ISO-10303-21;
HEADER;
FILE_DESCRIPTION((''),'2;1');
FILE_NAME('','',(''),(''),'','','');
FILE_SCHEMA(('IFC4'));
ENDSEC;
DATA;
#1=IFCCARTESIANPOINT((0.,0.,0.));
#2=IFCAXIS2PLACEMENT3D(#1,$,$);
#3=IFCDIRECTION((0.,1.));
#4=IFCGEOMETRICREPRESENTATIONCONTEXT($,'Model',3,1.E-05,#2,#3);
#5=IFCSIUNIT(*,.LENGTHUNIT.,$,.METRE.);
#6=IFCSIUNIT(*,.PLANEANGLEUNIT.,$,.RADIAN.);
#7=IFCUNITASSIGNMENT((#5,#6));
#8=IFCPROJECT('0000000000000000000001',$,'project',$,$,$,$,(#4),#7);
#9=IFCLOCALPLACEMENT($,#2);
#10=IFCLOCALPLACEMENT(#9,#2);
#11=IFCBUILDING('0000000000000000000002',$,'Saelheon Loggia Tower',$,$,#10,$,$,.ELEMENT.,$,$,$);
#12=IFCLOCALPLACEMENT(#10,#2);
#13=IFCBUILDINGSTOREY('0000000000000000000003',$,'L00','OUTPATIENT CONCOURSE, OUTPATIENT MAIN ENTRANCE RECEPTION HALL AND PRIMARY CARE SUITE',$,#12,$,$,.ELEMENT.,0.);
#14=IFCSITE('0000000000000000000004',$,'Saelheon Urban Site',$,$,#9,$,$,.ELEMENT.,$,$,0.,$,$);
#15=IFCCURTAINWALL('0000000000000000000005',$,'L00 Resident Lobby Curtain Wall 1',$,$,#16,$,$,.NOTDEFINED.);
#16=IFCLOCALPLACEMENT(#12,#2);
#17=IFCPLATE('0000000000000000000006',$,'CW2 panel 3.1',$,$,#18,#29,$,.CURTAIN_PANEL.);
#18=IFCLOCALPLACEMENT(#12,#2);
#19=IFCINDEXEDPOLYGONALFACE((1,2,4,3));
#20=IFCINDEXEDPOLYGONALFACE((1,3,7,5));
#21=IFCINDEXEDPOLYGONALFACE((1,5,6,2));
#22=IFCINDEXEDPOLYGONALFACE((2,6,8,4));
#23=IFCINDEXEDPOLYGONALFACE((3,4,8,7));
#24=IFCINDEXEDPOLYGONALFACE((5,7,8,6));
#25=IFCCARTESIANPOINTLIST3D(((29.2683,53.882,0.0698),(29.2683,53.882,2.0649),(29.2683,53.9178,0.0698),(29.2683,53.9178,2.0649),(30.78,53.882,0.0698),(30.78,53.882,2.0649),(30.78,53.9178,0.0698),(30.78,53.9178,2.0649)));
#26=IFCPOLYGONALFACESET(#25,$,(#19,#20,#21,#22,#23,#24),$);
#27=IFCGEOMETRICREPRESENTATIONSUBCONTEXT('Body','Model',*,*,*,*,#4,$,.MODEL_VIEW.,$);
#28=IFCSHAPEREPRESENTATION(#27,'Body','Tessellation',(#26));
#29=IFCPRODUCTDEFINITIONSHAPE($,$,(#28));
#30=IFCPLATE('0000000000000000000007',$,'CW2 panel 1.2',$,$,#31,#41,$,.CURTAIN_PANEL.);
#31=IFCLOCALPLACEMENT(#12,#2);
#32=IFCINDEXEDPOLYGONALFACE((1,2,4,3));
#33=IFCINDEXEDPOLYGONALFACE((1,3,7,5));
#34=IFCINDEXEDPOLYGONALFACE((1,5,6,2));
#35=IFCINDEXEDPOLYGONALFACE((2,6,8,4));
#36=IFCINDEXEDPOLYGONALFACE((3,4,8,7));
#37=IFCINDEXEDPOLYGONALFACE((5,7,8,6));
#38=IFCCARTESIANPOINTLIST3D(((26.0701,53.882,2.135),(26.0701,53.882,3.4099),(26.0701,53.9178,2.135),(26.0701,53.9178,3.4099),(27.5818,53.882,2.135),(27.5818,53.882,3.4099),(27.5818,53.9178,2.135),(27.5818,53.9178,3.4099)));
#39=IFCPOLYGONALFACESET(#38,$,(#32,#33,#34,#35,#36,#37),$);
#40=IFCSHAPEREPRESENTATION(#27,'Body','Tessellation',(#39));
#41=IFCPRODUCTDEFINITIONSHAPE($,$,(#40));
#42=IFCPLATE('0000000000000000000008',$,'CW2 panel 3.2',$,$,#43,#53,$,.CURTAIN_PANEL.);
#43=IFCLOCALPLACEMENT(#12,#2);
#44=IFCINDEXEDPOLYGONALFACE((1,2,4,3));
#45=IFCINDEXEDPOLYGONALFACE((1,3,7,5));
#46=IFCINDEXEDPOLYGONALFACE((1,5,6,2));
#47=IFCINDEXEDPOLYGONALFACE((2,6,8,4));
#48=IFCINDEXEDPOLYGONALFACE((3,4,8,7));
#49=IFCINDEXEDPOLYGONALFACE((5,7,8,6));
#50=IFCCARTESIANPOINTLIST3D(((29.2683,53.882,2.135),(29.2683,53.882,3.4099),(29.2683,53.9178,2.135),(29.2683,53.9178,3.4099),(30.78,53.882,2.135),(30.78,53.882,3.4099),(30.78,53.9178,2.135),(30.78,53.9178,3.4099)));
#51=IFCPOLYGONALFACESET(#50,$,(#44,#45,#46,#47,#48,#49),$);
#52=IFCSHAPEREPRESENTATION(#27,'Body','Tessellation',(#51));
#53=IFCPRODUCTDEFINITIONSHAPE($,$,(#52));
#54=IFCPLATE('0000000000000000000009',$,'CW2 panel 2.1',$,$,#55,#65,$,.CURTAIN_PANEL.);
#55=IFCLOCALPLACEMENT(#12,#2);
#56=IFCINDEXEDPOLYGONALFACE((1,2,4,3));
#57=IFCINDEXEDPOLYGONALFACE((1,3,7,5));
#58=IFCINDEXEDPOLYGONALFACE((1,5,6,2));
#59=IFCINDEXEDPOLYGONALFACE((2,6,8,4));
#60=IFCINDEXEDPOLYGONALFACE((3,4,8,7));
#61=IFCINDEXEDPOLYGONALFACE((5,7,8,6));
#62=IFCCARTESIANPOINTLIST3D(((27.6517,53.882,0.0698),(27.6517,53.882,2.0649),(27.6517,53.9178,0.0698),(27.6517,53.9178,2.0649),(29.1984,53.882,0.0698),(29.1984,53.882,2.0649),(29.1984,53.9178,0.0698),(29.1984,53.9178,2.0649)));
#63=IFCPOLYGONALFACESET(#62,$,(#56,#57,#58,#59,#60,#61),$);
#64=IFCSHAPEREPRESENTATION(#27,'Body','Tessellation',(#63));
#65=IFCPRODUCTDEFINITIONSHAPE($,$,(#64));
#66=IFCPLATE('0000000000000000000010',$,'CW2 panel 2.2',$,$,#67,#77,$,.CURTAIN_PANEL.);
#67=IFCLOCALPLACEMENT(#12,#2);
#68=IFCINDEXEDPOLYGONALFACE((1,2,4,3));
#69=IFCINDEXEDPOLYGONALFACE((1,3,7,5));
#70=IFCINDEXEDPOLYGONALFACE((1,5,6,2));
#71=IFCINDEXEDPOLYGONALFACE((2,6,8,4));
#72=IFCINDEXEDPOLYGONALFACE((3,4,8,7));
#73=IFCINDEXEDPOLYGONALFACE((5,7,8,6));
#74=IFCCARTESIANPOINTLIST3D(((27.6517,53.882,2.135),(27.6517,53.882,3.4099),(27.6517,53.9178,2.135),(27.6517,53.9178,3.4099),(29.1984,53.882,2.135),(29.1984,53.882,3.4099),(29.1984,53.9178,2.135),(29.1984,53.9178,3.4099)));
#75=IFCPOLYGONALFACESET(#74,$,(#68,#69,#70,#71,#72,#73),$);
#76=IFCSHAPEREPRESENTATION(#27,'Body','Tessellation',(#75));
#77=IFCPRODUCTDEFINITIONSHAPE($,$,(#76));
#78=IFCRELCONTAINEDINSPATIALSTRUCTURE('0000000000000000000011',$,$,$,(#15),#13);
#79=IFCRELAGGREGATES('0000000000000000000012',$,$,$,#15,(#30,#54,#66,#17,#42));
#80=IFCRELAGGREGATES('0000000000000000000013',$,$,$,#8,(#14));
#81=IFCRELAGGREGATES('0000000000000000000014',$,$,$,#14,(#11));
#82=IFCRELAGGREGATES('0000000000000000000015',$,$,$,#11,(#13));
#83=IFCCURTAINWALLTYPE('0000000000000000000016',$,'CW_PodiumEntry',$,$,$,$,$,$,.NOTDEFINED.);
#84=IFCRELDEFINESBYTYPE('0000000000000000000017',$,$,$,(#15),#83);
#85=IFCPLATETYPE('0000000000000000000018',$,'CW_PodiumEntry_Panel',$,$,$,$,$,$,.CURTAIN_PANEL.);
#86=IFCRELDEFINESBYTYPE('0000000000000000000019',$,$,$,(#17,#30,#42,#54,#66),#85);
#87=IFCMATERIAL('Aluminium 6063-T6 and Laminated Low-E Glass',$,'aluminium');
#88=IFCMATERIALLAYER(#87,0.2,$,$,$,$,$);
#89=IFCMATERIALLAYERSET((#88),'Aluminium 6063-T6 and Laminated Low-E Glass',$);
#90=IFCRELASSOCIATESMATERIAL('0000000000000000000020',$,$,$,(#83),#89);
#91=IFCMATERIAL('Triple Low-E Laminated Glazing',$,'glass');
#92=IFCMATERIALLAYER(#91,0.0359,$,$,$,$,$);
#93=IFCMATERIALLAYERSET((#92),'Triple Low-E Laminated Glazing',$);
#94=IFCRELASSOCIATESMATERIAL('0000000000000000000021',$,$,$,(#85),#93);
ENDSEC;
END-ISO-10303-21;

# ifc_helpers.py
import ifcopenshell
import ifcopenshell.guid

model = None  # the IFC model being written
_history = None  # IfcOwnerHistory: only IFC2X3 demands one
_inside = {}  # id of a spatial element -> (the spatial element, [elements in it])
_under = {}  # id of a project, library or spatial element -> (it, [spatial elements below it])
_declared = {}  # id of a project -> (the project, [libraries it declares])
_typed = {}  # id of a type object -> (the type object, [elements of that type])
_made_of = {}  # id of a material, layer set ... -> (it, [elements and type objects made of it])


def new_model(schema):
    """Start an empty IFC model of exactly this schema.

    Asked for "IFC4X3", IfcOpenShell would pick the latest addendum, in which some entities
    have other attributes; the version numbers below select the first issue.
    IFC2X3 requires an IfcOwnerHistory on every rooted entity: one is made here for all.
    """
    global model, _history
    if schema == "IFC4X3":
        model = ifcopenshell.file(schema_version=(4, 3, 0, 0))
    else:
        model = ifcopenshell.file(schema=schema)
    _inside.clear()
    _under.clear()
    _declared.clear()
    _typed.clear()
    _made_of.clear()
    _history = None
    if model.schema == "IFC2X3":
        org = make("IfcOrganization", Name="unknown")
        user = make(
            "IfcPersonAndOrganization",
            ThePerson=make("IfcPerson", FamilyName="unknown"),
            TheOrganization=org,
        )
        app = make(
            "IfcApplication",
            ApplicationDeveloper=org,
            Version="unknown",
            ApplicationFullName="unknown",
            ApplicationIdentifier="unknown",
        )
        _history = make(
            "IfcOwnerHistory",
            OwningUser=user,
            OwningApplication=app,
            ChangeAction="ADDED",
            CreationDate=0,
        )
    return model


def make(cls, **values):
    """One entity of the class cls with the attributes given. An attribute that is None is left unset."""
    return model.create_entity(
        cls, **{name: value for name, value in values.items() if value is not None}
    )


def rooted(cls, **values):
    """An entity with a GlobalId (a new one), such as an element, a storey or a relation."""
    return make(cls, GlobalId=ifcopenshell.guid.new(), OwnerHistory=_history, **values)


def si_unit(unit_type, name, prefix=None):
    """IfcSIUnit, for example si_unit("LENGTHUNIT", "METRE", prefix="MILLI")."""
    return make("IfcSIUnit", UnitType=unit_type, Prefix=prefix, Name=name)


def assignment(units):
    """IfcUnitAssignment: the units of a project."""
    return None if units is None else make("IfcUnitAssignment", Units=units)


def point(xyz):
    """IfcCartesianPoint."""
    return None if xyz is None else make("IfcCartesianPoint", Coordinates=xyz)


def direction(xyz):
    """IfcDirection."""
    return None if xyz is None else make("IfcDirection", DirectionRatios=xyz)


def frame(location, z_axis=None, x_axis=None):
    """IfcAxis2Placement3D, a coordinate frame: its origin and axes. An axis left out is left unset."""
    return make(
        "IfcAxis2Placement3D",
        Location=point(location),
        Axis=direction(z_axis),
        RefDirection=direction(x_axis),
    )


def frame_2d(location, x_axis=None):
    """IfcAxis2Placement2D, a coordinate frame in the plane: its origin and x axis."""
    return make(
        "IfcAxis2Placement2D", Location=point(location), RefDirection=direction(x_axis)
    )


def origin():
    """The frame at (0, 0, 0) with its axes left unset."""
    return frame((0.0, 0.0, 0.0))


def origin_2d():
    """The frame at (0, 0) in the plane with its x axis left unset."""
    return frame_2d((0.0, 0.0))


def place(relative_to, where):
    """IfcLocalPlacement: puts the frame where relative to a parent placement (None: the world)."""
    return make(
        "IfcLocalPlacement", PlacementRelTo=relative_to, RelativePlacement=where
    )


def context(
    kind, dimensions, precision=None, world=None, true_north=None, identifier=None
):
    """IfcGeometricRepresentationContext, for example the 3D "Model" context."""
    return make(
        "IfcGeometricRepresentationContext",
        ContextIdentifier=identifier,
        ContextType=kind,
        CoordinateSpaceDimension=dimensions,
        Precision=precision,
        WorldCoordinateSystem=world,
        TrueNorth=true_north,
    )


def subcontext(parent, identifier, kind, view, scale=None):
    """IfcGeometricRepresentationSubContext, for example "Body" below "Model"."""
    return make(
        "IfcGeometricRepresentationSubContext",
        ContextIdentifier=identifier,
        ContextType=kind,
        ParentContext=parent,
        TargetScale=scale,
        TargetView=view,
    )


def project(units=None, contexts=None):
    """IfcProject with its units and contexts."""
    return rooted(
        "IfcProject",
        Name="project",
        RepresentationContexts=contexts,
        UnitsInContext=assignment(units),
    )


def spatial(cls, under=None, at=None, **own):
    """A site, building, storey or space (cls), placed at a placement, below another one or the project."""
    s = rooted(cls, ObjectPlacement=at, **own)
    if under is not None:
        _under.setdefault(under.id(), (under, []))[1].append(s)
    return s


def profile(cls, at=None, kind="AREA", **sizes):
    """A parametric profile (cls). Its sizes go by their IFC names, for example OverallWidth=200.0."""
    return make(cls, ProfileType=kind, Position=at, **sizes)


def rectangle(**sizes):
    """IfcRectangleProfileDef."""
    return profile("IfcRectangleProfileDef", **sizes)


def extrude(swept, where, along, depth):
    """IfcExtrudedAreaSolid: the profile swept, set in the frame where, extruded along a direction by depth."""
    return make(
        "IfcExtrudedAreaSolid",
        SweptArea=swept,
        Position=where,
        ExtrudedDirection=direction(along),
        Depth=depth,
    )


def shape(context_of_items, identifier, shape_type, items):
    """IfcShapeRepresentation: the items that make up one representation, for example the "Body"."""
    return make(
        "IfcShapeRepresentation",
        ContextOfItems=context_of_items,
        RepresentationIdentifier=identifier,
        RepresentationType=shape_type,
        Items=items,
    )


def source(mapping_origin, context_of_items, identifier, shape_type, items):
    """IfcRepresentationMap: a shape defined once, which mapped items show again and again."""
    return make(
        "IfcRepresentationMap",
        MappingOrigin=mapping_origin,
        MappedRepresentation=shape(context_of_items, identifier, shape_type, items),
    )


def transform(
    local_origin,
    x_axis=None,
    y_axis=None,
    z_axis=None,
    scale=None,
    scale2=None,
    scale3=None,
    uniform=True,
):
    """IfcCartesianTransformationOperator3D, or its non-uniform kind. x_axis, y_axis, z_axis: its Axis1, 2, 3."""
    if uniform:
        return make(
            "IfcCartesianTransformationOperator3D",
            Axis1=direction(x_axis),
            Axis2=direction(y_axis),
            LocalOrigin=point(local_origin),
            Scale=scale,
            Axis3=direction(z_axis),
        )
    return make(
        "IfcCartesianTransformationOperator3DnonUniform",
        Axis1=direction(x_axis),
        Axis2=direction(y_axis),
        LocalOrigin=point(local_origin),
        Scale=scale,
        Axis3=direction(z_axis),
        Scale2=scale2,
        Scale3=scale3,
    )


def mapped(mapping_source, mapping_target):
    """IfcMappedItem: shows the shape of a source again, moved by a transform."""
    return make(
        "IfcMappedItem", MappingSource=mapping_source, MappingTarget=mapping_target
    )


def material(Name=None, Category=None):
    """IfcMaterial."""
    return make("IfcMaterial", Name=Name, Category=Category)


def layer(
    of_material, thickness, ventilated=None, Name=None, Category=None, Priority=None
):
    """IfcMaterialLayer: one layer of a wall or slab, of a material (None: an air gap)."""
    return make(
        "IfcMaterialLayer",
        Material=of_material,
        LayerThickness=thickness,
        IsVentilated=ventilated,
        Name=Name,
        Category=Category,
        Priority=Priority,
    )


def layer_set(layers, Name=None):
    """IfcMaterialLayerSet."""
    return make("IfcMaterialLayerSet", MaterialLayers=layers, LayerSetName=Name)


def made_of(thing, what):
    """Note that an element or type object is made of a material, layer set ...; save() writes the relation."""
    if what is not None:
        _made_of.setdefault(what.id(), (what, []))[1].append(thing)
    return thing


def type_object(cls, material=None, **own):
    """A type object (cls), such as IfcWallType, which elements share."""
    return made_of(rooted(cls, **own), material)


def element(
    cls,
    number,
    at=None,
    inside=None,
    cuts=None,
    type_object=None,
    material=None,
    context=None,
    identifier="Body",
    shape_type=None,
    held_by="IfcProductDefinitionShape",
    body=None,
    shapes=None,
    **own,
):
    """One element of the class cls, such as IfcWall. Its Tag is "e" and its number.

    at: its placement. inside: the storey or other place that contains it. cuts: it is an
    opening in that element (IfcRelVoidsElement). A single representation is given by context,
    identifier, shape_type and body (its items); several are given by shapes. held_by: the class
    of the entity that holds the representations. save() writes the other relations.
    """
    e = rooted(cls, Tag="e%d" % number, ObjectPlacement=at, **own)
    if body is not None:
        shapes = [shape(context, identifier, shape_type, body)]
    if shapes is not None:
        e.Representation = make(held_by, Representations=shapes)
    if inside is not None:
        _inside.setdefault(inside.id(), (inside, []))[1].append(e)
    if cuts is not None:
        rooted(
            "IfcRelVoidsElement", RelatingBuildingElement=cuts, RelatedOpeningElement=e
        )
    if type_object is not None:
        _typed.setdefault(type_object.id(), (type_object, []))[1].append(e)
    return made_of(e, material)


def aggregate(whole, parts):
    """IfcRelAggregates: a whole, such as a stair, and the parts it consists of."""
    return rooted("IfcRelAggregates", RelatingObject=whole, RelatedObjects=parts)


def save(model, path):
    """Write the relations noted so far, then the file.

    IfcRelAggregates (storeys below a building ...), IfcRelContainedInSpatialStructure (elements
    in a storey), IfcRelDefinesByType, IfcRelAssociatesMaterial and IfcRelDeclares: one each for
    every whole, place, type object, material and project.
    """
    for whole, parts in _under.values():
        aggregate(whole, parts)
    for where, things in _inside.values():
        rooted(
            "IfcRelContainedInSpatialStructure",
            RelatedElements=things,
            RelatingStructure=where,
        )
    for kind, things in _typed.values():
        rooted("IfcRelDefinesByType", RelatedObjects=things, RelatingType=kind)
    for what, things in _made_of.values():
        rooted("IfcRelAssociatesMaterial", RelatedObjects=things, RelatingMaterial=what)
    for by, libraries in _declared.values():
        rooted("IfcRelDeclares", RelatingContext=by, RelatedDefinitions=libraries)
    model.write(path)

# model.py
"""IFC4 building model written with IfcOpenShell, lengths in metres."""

from ifc_helpers import new_model, si_unit, direction, frame, origin, origin_2d, place, context, subcontext, project, spatial, rectangle, extrude, source, transform, mapped, material, layer, layer_set, type_object, element, aggregate, save


model = new_model("IFC4")

# Units and contexts
model_context = context("Model", 3, precision=1e-05, world=origin(), true_north=direction((0.0, 1.0)))
body_context = subcontext(model_context, "Body", "Model", "MODEL_VIEW")
ifc_project = project(units=[si_unit("LENGTHUNIT", "METRE"), si_unit("PLANEANGLEUNIT", "RADIAN")], contexts=[model_context])

# Site, building, storey
site_placement = place(None, origin())
site = spatial("IfcSite", under=ifc_project, at=site_placement, Name="Saelheon Urban Site", CompositionType="ELEMENT", RefElevation=0.0)
building_placement = place(site_placement, origin())
building = spatial("IfcBuilding", under=site, at=building_placement, Name="Saelheon Loggia Tower", CompositionType="ELEMENT")
storey_placement = place(building_placement, origin())
storey = spatial("IfcBuildingStorey", under=building, at=storey_placement, Name="L00", Description="OUTPATIENT CONCOURSE, OUTPATIENT MAIN ENTRANCE RECEPTION HALL AND PRIMARY CARE SUITE", CompositionType="ELEMENT", Elevation=0.0)

# Curtain wall
ifc_material_1 = material(Name="Aluminium 6063-T6 and Laminated Low-E Glass", Category="aluminium")
ifc_layer_1 = layer(ifc_material_1, 0.2)
ifc_layer_set_1 = layer_set([ifc_layer_1], Name="Aluminium 6063-T6 and Laminated Low-E Glass")
curtain_wall_type = type_object("IfcCurtainWallType", Name="CW_PodiumEntry", PredefinedType="NOTDEFINED", material=ifc_layer_set_1)
curtain_wall_1_placement = place(storey_placement, origin())
curtain_wall_1 = element("IfcCurtainWall", 1, at=curtain_wall_1_placement, inside=storey, type_object=curtain_wall_type, Name="L00 Resident Lobby Curtain Wall 1", PredefinedType="NOTDEFINED")

# Plates
ifc_material_2 = material(Name="Triple Low-E Laminated Glazing", Category="glass")
ifc_layer_2 = layer(ifc_material_2, 0.0359)
ifc_layer_set_2 = layer_set([ifc_layer_2], Name="Triple Low-E Laminated Glazing")
plate_type = type_object("IfcPlateType", Name="CW_PodiumEntry_Panel", PredefinedType="CURTAIN_PANEL", material=ifc_layer_set_2)
shared_shape_1 = source(origin(), body_context, "Body", "SweptSolid", [
    extrude(rectangle(XDim=1.5117, YDim=0.0359, at=origin_2d()), origin(), (0.0, 0.0, 1.0), 1.9951),
])
plate_1_placement = place(storey_placement, frame((30.0242, 53.8999, 0.0698), z_axis=(0.0, 0.0, 1.0), x_axis=(1.0, 0.0, 0.0)))
plate_1 = element("IfcPlate", 2, at=plate_1_placement, type_object=plate_type, Name="CW2 panel 3.1", PredefinedType="CURTAIN_PANEL", context=body_context, shape_type="MappedRepresentation", body=[
    mapped(shared_shape_1, transform((0.0, 0.0, 0.0), scale=1.0)),
])
shared_shape_2 = source(origin(), body_context, "Body", "SweptSolid", [
    extrude(rectangle(XDim=1.5117, YDim=0.0359, at=origin_2d()), origin(), (0.0, 0.0, 1.0), 1.2749),
])
plate_2_placement = place(storey_placement, frame((26.8259, 53.8999, 2.135), z_axis=(0.0, 0.0, 1.0), x_axis=(1.0, 0.0, 0.0)))
plate_2 = element("IfcPlate", 3, at=plate_2_placement, type_object=plate_type, Name="CW2 panel 1.2", PredefinedType="CURTAIN_PANEL", context=body_context, shape_type="MappedRepresentation", body=[
    mapped(shared_shape_2, transform((0.0, 0.0, 0.0), scale=1.0)),
])
plate_3_placement = place(storey_placement, frame((30.0242, 53.8999, 2.135), z_axis=(0.0, 0.0, 1.0), x_axis=(1.0, 0.0, 0.0)))
plate_3 = element("IfcPlate", 4, at=plate_3_placement, type_object=plate_type, Name="CW2 panel 3.2", PredefinedType="CURTAIN_PANEL", context=body_context, shape_type="MappedRepresentation", body=[
    mapped(shared_shape_2, transform((0.0, 0.0, 0.0), scale=1.0)),
])
shared_shape_3 = source(origin(), body_context, "Body", "SweptSolid", [
    extrude(rectangle(XDim=1.5466, YDim=0.0359, at=origin_2d()), origin(), (0.0, 0.0, 1.0), 1.9951),
])
plate_4_placement = place(storey_placement, frame((28.425, 53.8999, 0.0698), z_axis=(0.0, 0.0, 1.0), x_axis=(1.0, 0.0, 0.0)))
plate_4 = element("IfcPlate", 5, at=plate_4_placement, type_object=plate_type, Name="CW2 panel 2.1", PredefinedType="CURTAIN_PANEL", context=body_context, shape_type="MappedRepresentation", body=[
    mapped(shared_shape_3, transform((0.0, 0.0, 0.0), scale=1.0)),
])
shared_shape_4 = source(origin(), body_context, "Body", "SweptSolid", [
    extrude(rectangle(XDim=1.5466, YDim=0.0359, at=origin_2d()), origin(), (0.0, 0.0, 1.0), 1.2749),
])
plate_5_placement = place(storey_placement, frame((28.425, 53.8999, 2.135), z_axis=(0.0, 0.0, 1.0), x_axis=(1.0, 0.0, 0.0)))
plate_5 = element("IfcPlate", 6, at=plate_5_placement, type_object=plate_type, Name="CW2 panel 2.2", PredefinedType="CURTAIN_PANEL", context=body_context, shape_type="MappedRepresentation", body=[
    mapped(shared_shape_4, transform((0.0, 0.0, 0.0), scale=1.0)),
])
aggregate(curtain_wall_1, [plate_2, plate_4, plate_5, plate_1, plate_3])

save(model, "model.ifc")
